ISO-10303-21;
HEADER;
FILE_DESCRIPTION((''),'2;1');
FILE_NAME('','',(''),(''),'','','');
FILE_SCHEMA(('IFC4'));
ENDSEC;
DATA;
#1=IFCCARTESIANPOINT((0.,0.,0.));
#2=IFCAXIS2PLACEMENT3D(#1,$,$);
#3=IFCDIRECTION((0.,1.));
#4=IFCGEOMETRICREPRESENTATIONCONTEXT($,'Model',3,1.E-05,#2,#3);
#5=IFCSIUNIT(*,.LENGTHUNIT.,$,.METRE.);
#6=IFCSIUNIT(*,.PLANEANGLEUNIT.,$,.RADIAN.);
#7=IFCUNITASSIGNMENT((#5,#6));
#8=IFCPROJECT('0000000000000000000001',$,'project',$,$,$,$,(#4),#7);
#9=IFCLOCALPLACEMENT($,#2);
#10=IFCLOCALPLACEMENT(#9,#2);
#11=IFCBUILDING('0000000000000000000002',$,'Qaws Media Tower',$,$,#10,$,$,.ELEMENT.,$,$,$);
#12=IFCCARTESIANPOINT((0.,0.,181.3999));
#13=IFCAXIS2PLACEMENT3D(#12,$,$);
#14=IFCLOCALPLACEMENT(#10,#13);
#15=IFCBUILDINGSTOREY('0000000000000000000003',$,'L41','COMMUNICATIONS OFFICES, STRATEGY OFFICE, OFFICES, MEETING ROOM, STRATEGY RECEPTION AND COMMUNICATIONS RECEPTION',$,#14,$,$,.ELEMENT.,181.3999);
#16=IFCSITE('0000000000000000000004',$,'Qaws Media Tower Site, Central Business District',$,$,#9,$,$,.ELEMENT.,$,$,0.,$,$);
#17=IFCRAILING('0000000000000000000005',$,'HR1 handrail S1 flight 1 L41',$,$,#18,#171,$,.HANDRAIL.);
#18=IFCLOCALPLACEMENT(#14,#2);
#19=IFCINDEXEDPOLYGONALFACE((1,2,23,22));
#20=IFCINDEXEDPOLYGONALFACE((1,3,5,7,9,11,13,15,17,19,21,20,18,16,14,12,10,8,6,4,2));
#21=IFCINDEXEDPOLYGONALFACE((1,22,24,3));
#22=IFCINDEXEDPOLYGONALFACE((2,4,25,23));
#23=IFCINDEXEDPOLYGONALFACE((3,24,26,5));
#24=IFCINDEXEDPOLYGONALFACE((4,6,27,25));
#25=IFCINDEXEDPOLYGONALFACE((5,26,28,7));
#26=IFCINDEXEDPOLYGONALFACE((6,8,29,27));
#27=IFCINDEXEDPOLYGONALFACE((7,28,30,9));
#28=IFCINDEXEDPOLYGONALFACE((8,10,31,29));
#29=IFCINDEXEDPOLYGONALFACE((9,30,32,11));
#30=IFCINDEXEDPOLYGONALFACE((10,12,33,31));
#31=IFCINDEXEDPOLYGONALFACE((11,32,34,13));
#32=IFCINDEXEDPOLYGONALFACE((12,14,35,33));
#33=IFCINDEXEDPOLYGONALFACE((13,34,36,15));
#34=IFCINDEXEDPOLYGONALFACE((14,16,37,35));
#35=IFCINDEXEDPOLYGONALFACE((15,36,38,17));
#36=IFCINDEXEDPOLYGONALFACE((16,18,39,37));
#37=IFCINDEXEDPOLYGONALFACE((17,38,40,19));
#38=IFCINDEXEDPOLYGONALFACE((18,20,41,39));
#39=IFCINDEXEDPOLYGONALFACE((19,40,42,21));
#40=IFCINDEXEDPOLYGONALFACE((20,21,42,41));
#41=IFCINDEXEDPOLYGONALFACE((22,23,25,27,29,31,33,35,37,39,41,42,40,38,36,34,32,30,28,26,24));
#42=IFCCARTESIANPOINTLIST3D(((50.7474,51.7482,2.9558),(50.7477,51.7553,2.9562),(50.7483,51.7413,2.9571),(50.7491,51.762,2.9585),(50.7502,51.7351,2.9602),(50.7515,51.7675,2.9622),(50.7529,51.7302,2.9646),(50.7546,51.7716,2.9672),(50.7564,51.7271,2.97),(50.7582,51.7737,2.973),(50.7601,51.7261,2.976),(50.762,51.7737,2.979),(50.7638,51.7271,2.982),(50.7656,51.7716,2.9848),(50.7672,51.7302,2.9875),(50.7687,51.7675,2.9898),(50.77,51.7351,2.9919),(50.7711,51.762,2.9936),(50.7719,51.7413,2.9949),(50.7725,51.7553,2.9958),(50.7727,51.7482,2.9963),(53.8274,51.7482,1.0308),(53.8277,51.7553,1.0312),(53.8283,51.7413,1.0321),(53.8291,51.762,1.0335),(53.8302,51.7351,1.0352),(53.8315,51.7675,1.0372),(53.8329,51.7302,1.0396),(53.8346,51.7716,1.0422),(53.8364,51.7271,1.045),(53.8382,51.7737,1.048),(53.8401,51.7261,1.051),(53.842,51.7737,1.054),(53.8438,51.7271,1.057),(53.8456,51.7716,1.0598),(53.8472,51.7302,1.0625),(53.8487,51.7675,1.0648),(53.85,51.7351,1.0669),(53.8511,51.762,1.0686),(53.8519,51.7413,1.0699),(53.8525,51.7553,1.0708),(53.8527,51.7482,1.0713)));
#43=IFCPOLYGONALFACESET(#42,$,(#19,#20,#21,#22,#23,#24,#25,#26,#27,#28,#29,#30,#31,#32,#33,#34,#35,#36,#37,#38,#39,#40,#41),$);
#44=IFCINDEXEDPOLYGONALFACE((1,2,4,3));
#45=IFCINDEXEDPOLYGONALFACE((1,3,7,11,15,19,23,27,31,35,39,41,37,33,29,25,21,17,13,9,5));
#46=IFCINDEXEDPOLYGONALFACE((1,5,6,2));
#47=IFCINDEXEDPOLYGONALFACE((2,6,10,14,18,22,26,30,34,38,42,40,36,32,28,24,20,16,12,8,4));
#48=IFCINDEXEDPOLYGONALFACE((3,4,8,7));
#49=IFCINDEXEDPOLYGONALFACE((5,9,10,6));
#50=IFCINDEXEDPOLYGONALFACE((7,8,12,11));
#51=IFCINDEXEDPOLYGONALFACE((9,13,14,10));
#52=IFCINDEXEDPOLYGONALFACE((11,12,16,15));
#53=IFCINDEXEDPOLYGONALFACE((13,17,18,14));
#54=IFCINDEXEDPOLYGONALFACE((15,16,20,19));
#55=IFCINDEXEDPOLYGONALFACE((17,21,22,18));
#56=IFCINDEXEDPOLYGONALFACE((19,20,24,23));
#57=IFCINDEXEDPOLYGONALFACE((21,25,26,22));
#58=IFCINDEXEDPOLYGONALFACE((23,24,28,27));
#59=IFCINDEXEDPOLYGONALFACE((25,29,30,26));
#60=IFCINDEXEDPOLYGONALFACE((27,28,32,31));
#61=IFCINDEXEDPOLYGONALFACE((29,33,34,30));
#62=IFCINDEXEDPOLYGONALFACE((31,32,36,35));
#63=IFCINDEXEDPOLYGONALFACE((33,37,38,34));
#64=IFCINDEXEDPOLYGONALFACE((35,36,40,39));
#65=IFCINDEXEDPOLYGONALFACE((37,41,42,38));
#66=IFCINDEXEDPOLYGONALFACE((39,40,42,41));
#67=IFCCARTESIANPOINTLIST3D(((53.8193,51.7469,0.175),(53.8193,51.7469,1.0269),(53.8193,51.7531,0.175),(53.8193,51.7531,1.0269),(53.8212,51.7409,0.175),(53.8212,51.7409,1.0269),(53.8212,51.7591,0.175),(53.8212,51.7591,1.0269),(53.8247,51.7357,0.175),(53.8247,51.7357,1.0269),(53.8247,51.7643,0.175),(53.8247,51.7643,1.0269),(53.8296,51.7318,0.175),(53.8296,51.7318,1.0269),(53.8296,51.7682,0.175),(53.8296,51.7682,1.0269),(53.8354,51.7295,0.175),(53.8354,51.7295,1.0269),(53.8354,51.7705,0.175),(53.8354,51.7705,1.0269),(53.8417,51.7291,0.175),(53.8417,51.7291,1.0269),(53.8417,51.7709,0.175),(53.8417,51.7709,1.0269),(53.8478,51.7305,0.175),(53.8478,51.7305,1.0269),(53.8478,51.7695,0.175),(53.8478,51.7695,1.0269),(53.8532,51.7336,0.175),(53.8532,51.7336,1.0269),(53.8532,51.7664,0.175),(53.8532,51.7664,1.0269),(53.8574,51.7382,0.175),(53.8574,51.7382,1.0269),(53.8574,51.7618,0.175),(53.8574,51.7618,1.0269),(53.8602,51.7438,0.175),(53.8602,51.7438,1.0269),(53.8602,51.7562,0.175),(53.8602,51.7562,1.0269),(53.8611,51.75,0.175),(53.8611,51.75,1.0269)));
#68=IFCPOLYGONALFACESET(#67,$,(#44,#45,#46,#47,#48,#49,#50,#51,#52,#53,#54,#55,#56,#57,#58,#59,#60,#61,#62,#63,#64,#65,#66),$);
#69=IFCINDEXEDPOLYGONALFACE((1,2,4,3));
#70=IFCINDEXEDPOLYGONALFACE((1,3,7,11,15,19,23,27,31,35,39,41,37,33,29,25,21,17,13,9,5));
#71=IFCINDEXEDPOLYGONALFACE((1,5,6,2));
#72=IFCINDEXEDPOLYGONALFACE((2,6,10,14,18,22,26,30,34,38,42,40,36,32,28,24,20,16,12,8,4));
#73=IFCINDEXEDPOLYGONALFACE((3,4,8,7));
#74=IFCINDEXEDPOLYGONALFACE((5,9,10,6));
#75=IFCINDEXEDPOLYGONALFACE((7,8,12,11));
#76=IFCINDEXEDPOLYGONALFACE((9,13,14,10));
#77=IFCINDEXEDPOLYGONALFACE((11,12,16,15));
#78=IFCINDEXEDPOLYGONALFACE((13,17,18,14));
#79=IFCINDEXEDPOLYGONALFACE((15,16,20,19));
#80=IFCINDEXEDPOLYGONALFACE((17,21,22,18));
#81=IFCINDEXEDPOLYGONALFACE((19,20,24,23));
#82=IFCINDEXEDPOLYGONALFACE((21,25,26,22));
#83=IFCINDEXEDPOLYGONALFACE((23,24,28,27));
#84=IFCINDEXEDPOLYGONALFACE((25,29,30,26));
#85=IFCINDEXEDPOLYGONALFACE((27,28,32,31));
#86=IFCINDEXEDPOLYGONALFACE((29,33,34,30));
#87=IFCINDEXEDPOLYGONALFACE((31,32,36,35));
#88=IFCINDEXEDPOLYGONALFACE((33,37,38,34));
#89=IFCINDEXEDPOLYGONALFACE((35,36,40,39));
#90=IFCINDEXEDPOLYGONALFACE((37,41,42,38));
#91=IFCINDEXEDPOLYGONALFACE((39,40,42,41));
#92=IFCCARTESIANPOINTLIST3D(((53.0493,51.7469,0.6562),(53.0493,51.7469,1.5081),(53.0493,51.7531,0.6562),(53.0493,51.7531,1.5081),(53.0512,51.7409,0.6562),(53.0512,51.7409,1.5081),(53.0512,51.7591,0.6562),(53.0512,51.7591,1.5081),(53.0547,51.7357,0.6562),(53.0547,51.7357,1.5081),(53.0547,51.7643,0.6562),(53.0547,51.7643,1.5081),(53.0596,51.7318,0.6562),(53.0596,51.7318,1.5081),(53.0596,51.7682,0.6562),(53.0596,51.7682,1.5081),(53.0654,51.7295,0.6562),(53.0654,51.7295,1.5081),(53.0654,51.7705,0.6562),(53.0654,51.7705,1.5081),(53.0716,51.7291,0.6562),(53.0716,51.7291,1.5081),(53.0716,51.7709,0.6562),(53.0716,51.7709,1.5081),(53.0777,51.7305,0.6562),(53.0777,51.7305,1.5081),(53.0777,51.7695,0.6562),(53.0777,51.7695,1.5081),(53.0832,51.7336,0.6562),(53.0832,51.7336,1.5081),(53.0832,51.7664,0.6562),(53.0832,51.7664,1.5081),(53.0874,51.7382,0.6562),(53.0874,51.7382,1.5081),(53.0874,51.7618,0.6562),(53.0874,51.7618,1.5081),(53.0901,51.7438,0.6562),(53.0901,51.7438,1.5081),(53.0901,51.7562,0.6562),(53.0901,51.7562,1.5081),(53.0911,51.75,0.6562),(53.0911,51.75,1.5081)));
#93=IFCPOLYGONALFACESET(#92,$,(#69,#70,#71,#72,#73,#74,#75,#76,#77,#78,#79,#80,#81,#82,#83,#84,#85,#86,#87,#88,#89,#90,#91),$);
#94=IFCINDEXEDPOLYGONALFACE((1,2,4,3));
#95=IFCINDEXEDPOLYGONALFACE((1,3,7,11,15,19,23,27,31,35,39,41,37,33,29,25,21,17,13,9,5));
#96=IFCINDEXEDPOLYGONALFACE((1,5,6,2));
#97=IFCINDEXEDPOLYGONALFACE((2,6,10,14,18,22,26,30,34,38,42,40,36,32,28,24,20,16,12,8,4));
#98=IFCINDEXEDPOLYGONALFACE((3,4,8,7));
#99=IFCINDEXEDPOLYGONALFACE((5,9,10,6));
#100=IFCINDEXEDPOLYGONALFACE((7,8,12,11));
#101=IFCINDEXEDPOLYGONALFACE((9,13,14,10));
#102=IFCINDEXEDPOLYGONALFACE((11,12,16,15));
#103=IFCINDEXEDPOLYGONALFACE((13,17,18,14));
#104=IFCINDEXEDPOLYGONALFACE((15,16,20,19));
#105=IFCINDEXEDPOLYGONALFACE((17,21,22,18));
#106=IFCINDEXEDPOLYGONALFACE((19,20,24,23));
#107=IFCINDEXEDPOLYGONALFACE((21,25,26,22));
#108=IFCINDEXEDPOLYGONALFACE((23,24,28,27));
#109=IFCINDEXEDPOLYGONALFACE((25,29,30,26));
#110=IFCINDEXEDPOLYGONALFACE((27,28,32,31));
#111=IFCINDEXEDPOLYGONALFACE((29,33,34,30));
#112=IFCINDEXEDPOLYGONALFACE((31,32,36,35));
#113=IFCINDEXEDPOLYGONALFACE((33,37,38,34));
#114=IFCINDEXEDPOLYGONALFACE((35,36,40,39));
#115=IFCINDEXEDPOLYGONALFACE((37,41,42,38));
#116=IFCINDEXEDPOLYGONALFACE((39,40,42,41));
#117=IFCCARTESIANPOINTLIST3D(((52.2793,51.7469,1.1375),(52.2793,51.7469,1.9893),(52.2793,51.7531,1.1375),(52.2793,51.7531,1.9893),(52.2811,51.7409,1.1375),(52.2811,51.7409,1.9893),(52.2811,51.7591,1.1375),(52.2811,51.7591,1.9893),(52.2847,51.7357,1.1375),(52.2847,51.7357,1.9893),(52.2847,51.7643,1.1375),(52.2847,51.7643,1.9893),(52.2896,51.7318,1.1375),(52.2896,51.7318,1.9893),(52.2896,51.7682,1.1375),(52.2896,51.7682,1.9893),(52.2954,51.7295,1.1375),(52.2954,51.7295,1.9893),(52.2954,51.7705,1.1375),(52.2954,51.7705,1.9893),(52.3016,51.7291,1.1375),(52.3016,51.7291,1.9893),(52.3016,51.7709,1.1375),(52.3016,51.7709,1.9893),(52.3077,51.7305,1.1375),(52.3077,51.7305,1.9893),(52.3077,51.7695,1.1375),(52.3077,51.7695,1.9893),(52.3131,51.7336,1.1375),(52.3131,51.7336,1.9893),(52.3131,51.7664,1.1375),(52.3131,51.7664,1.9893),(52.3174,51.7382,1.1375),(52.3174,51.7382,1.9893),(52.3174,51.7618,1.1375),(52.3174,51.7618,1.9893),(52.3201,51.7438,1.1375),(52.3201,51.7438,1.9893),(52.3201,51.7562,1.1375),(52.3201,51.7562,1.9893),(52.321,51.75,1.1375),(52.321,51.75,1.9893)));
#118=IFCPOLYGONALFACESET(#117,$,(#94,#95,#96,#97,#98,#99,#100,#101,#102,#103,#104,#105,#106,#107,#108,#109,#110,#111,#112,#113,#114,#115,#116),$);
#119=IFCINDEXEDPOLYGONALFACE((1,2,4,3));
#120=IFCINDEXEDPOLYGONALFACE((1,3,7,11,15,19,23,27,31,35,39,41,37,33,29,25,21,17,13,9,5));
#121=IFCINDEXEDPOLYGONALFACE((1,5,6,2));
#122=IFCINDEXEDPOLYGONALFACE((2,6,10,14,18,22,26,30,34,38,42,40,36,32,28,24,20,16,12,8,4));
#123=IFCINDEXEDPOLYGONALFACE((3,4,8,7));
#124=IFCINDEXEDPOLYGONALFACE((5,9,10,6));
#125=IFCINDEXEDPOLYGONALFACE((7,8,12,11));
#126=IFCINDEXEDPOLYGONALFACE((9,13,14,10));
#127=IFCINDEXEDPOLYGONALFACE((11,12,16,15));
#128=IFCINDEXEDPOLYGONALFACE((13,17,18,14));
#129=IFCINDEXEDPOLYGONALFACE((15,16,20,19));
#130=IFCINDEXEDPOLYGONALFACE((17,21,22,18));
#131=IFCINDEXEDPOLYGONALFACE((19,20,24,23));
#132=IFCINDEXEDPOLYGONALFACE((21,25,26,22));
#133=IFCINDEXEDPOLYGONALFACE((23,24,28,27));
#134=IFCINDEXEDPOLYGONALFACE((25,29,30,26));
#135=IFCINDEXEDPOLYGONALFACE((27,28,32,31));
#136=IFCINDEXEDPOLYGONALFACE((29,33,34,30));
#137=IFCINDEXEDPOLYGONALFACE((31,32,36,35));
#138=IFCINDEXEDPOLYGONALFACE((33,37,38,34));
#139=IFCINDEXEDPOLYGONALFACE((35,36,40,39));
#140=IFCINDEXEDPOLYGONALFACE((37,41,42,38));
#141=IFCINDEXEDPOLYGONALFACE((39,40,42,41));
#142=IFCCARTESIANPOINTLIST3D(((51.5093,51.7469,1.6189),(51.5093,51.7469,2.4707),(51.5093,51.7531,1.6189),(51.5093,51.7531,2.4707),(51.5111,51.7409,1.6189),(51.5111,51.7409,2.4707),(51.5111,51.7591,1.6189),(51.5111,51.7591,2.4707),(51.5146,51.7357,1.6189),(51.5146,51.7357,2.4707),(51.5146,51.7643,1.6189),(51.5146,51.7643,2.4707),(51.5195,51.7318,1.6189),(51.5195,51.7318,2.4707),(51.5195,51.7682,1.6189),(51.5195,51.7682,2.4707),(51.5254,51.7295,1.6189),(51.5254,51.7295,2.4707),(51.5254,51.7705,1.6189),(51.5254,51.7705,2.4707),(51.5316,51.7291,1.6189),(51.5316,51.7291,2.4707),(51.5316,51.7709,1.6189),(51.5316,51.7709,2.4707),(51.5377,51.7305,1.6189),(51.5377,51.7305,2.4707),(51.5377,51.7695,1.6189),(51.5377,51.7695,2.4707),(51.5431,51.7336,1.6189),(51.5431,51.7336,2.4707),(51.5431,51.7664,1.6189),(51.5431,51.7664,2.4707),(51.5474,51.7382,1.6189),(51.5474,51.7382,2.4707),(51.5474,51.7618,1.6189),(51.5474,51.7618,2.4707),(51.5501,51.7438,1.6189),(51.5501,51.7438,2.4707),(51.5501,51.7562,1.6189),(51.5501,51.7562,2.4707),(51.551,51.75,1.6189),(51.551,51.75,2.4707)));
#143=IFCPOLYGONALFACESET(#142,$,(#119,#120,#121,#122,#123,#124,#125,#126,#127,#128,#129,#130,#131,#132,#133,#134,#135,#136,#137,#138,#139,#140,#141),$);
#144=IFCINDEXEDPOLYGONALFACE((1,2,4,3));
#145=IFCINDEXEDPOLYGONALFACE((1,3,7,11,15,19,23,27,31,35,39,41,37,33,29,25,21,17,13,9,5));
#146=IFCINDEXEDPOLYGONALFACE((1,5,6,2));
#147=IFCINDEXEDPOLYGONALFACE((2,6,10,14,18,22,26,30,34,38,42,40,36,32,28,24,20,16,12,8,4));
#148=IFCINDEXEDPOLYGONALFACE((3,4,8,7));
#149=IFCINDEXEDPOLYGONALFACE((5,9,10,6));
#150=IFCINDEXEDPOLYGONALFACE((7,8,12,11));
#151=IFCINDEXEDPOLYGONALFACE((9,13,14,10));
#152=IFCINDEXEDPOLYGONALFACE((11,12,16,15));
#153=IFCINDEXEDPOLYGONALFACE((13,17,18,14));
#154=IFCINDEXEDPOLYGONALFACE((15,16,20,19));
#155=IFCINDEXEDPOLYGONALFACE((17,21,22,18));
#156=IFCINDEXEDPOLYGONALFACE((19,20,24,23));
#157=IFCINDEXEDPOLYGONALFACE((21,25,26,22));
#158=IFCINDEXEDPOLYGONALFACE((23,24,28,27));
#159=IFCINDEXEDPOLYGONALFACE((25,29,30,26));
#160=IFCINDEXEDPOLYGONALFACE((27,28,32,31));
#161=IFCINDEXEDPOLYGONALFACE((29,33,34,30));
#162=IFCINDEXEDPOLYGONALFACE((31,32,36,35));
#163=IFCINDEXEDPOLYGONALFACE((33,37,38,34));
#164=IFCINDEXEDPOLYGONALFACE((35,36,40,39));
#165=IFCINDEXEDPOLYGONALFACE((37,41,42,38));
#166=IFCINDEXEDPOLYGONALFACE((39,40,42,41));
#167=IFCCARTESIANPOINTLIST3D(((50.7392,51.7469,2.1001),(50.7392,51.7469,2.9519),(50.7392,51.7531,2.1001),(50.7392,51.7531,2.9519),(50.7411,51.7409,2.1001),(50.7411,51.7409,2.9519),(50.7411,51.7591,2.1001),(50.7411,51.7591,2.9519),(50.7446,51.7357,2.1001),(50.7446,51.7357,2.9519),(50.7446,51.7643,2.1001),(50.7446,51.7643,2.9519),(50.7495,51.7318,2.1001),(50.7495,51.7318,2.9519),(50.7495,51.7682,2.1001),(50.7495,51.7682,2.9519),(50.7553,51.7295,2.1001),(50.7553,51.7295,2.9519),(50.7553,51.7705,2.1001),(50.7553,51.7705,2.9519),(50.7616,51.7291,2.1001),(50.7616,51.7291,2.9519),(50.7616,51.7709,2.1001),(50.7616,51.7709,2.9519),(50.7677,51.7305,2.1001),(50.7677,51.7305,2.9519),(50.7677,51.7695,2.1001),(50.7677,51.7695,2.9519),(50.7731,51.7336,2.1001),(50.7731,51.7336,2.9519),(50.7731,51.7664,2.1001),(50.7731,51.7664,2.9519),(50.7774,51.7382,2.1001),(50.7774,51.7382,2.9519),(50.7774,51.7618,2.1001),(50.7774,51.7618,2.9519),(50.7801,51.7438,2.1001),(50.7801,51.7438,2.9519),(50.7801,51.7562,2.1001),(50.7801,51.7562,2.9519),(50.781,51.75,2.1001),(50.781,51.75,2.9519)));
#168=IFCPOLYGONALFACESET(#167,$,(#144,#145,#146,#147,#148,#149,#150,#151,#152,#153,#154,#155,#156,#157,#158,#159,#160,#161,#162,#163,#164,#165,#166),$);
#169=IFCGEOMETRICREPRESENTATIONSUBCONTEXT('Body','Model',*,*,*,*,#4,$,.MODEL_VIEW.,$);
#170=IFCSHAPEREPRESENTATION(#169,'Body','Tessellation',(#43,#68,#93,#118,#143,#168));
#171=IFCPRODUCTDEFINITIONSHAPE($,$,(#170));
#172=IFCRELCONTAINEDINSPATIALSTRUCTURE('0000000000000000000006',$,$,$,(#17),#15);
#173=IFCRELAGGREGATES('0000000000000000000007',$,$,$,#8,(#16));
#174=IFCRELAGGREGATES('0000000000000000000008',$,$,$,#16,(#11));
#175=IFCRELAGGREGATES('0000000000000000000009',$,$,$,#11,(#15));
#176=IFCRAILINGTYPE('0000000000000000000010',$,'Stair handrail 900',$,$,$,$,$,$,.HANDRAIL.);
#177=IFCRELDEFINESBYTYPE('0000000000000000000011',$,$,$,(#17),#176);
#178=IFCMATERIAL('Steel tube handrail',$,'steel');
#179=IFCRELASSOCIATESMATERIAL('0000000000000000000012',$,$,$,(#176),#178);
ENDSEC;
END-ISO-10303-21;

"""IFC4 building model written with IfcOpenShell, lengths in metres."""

from ifc_helpers import new_model, si_unit, direction, frame, origin, origin_2d, place, context, subcontext, project, spatial, circle, extrude, material, type_object, element, save


model = new_model("IFC4")

# Units and contexts
model_context = context("Model", 3, precision=1e-05, world=origin(), true_north=direction((0.0, 1.0)))
body_context = subcontext(model_context, "Body", "Model", "MODEL_VIEW")
ifc_project = project(units=[si_unit("LENGTHUNIT", "METRE"), si_unit("PLANEANGLEUNIT", "RADIAN")], contexts=[model_context])

# Site, building, storey
site_placement = place(None, origin())
site = spatial("IfcSite", under=ifc_project, at=site_placement, Name="Qaws Media Tower Site, Central Business District", CompositionType="ELEMENT", RefElevation=0.0)
building_placement = place(site_placement, origin())
building = spatial("IfcBuilding", under=site, at=building_placement, Name="Qaws Media Tower", CompositionType="ELEMENT")
storey_placement = place(building_placement, frame((0.0, 0.0, 181.3999)))
storey = spatial("IfcBuildingStorey", under=building, at=storey_placement, Name="L41", Description="COMMUNICATIONS OFFICES, STRATEGY OFFICE, OFFICES, MEETING ROOM, STRATEGY RECEPTION AND COMMUNICATIONS RECEPTION", CompositionType="ELEMENT", Elevation=181.3999)

# Railing
ifc_material_1 = material(Name="Steel tube handrail", Category="steel")
railing_type = type_object("IfcRailingType", Name="Stair handrail 900", PredefinedType="HANDRAIL", material=ifc_material_1)
for number, where, name in (
    (1, (53.8401, 51.75, 0.175), "HR1 handrail S1 flight 1 L41"),
):
    element("IfcRailing", number, at=place(storey_placement, frame(where)), inside=storey, type_object=railing_type, Name=name, PredefinedType="HANDRAIL", context=body_context, shape_type="SweptSolid", body=[
        extrude(circle(Radius=0.0239, at=origin_2d()), frame((0.0, 0.0, 0.876), z_axis=(-0.847998, 0.0, 0.529999), x_axis=(0.0, -1.0, 0.0)), (0.0, 0.0, 1.0), 3.6321),
        extrude(circle(Radius=0.021, at=origin_2d()), origin(), (0.0, 0.0, 1.0), 0.8518),
        extrude(circle(Radius=0.021, at=origin_2d()), frame((-0.77, 0.0, 0.4812)), (0.0, 0.0, 1.0), 0.8518),
        extrude(circle(Radius=0.021, at=origin_2d()), frame((-1.54, 0.0, 0.9624)), (0.0, 0.0, 1.0), 0.8518),
        extrude(circle(Radius=0.021, at=origin_2d()), frame((-2.3101, 0.0, 1.4438)), (0.0, 0.0, 1.0), 0.8518),
        extrude(circle(Radius=0.021, at=origin_2d()), frame((-3.0801, 0.0, 1.925)), (0.0, 0.0, 1.0), 0.8518),
    ])

save(model, "model.ifc")
